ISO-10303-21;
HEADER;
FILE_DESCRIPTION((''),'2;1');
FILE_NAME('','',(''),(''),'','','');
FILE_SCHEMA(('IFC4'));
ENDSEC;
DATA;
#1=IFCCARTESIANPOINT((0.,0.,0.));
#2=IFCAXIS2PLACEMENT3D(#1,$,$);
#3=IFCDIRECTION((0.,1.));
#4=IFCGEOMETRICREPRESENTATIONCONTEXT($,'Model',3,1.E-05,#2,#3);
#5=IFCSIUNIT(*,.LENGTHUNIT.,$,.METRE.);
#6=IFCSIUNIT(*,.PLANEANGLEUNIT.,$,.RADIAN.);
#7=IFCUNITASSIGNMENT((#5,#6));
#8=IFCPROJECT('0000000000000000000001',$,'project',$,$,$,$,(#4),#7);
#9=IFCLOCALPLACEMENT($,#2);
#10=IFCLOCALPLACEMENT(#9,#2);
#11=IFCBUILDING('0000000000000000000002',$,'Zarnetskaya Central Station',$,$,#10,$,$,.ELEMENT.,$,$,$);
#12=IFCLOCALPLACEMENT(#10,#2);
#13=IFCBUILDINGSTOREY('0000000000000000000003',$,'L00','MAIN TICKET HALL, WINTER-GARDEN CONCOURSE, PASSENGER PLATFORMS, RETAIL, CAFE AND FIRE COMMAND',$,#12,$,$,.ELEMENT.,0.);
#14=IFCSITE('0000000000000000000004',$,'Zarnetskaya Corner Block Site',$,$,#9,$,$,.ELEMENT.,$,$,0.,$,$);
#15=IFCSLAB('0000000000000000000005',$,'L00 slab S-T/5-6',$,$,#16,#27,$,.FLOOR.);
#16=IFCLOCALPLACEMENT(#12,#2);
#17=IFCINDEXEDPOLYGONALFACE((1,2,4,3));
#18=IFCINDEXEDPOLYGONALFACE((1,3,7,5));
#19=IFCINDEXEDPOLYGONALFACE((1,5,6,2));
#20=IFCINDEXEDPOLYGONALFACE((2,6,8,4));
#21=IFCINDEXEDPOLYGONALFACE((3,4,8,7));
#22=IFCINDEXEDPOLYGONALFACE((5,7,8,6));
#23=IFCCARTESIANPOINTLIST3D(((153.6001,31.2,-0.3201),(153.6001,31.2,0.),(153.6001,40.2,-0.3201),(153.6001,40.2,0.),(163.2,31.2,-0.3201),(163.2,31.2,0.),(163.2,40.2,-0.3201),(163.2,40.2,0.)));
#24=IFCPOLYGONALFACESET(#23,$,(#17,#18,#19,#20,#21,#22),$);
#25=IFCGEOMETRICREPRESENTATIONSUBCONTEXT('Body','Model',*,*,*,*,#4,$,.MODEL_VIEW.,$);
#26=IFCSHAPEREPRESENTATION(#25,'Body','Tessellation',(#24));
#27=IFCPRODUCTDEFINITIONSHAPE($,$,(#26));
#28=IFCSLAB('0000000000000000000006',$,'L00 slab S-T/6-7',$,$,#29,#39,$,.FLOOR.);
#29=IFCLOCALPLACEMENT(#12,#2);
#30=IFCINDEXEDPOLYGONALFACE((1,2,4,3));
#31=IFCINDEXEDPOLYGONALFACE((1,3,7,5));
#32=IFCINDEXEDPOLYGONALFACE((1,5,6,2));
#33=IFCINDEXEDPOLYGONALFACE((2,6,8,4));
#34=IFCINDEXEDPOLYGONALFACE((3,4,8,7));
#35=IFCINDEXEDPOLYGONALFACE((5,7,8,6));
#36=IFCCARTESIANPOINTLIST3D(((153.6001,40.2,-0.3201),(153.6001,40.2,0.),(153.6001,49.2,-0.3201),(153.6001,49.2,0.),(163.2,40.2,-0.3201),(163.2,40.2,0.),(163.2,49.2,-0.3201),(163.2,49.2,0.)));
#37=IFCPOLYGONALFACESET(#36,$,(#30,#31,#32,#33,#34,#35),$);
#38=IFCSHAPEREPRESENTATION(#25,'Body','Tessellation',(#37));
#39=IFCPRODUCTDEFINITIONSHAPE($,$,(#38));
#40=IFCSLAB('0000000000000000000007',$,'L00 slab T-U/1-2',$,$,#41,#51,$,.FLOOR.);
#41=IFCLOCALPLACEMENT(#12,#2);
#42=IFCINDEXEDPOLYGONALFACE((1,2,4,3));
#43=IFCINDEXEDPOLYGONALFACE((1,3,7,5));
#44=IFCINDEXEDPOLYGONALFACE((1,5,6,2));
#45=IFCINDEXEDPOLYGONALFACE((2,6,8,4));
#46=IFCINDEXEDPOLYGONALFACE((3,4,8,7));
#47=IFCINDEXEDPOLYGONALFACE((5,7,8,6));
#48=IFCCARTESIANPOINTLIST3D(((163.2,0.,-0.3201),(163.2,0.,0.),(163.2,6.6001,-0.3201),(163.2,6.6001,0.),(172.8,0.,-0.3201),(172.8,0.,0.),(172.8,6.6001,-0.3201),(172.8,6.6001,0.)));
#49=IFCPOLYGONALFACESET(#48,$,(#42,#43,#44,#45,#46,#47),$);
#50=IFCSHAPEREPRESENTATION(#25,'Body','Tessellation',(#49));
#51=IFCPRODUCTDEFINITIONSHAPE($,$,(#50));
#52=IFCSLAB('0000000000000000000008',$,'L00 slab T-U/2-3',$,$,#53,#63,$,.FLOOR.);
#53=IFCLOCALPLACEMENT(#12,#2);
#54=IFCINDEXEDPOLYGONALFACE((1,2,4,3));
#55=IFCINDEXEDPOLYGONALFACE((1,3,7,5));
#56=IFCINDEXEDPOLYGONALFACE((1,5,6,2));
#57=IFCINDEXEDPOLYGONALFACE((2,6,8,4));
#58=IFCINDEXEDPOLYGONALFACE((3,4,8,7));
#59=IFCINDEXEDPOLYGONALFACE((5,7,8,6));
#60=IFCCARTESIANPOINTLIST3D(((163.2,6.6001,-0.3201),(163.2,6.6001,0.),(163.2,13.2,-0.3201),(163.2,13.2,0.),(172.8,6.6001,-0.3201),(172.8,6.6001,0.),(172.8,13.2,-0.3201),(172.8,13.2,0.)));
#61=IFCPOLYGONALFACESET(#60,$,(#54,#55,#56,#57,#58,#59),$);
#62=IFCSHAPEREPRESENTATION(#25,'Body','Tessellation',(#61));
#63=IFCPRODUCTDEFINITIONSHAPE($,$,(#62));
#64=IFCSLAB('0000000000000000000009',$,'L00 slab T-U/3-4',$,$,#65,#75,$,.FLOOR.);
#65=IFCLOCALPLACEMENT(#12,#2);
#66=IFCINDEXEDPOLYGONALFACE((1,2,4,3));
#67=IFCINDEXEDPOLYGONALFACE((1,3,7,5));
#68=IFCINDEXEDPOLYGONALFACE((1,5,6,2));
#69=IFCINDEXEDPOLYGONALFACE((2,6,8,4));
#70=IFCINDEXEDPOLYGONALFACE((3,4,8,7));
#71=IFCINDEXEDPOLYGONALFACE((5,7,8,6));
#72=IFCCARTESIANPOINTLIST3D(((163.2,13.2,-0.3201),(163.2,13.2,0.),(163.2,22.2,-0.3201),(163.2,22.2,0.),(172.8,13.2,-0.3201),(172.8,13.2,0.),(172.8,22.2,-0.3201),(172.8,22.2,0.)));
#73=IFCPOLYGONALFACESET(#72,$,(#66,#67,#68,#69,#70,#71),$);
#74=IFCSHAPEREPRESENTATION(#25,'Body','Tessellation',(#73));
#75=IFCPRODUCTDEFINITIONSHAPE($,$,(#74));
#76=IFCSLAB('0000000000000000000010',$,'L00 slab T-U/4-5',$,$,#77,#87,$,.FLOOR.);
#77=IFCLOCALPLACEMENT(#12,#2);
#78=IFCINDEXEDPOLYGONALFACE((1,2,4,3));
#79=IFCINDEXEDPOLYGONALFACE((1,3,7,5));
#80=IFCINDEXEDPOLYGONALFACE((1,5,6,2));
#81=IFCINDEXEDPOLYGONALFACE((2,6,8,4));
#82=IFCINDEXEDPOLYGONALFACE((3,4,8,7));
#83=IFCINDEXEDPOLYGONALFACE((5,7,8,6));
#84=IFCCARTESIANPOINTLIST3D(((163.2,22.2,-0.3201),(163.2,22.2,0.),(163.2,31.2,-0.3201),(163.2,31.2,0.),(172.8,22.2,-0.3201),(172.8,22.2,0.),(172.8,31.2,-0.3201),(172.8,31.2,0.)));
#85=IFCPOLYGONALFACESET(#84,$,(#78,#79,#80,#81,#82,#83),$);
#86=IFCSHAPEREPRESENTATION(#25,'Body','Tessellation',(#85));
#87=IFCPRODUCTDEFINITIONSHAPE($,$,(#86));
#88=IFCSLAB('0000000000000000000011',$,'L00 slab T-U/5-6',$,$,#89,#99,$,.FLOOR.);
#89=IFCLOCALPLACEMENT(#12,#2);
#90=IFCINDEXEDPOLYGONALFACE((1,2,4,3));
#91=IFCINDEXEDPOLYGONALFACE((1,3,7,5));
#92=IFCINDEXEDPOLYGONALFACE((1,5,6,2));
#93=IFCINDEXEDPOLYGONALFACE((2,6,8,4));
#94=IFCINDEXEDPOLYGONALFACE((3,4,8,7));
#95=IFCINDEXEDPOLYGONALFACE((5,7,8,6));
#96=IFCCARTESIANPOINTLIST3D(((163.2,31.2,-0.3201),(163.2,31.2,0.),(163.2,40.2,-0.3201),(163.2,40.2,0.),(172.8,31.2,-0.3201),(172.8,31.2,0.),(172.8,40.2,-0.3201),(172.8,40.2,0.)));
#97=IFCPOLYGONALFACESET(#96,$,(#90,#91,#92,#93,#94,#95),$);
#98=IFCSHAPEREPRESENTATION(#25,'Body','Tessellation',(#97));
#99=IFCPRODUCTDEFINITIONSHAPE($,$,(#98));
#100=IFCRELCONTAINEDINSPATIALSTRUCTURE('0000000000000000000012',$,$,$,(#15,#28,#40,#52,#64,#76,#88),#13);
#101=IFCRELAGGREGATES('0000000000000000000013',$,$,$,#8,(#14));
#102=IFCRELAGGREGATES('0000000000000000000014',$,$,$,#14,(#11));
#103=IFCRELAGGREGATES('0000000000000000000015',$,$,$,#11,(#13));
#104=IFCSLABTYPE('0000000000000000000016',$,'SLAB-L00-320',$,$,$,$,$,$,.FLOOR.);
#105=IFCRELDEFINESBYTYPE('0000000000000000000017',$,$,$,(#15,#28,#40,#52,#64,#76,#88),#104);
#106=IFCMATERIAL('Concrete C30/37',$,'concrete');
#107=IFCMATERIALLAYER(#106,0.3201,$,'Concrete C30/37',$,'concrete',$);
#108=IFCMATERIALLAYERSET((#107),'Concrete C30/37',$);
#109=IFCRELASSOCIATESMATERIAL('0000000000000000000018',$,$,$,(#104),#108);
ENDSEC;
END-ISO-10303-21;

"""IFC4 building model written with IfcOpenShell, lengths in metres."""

from ifc_helpers import new_model, si_unit, direction, frame, origin, place, context, subcontext, project, spatial, polyline, outline, extrude, material, layer, layer_set, type_object, element, save


model = new_model("IFC4")

# Units and contexts
model_context = context("Model", 3, precision=1e-05, world=origin(), true_north=direction((0.0, 1.0)))
body_context = subcontext(model_context, "Body", "Model", "MODEL_VIEW")
ifc_project = project(units=[si_unit("LENGTHUNIT", "METRE"), si_unit("PLANEANGLEUNIT", "RADIAN")], contexts=[model_context])

# Site, building, storey
site_placement = place(None, origin())
site = spatial("IfcSite", under=ifc_project, at=site_placement, Name="Zarnetskaya Corner Block Site", CompositionType="ELEMENT", RefElevation=0.0)
building_placement = place(site_placement, origin())
building = spatial("IfcBuilding", under=site, at=building_placement, Name="Zarnetskaya Central Station", CompositionType="ELEMENT")
storey_placement = place(building_placement, origin())
storey = spatial("IfcBuildingStorey", under=building, at=storey_placement, Name="L00", Description="MAIN TICKET HALL, WINTER-GARDEN CONCOURSE, PASSENGER PLATFORMS, RETAIL, CAFE AND FIRE COMMAND", CompositionType="ELEMENT", Elevation=0.0)

# Slabs
ifc_material = material(Name="Concrete C30/37", Category="concrete")
ifc_layer = layer(ifc_material, 0.3201, Name="Concrete C30/37", Category="concrete")
ifc_layer_set = layer_set([ifc_layer], Name="Concrete C30/37")
slab_type = type_object("IfcSlabType", Name="SLAB-L00-320", PredefinedType="FLOOR", material=ifc_layer_set)
slab_1_placement = place(storey_placement, frame((0.0, 0.0, -0.3201)))
element("IfcSlab", 1, at=slab_1_placement, inside=storey, type_object=slab_type, Name="L00 slab S-T/5-6", PredefinedType="FLOOR", context=body_context, shape_type="SweptSolid", body=[
    extrude(outline(polyline([(153.6001, 31.2), (163.2, 31.2), (163.2, 40.2), (153.6001, 40.2), (153.6001, 31.2)])), origin(), (0.0, 0.0, 1.0), 0.3201),
])
slab_2_placement = place(storey_placement, frame((0.0, 0.0, -0.3201)))
element("IfcSlab", 2, at=slab_2_placement, inside=storey, type_object=slab_type, Name="L00 slab S-T/6-7", PredefinedType="FLOOR", context=body_context, shape_type="SweptSolid", body=[
    extrude(outline(polyline([(153.6001, 40.2), (163.2, 40.2), (163.2, 49.2), (153.6001, 49.2), (153.6001, 40.2)])), origin(), (0.0, 0.0, 1.0), 0.3201),
])
slab_3_placement = place(storey_placement, frame((0.0, 0.0, -0.3201)))
element("IfcSlab", 3, at=slab_3_placement, inside=storey, type_object=slab_type, Name="L00 slab T-U/1-2", PredefinedType="FLOOR", context=body_context, shape_type="SweptSolid", body=[
    extrude(outline(polyline([(163.2, 0.0), (172.8, 0.0), (172.8, 6.6001), (163.2, 6.6001), (163.2, 0.0)])), origin(), (0.0, 0.0, 1.0), 0.3201),
])
slab_4_placement = place(storey_placement, frame((0.0, 0.0, -0.3201)))
element("IfcSlab", 4, at=slab_4_placement, inside=storey, type_object=slab_type, Name="L00 slab T-U/2-3", PredefinedType="FLOOR", context=body_context, shape_type="SweptSolid", body=[
    extrude(outline(polyline([(163.2, 6.6001), (172.8, 6.6001), (172.8, 13.2), (163.2, 13.2), (163.2, 6.6001)])), origin(), (0.0, 0.0, 1.0), 0.3201),
])
slab_5_placement = place(storey_placement, frame((0.0, 0.0, -0.3201)))
element("IfcSlab", 5, at=slab_5_placement, inside=storey, type_object=slab_type, Name="L00 slab T-U/3-4", PredefinedType="FLOOR", context=body_context, shape_type="SweptSolid", body=[
    extrude(outline(polyline([(163.2, 13.2), (172.8, 13.2), (172.8, 22.2), (163.2, 22.2), (163.2, 13.2)])), origin(), (0.0, 0.0, 1.0), 0.3201),
])
slab_6_placement = place(storey_placement, frame((0.0, 0.0, -0.3201)))
element("IfcSlab", 6, at=slab_6_placement, inside=storey, type_object=slab_type, Name="L00 slab T-U/4-5", PredefinedType="FLOOR", context=body_context, shape_type="SweptSolid", body=[
    extrude(outline(polyline([(163.2, 22.2), (172.8, 22.2), (172.8, 31.2), (163.2, 31.2), (163.2, 22.2)])), origin(), (0.0, 0.0, 1.0), 0.3201),
])
slab_7_placement = place(storey_placement, frame((0.0, 0.0, -0.3201)))
element("IfcSlab", 7, at=slab_7_placement, inside=storey, type_object=slab_type, Name="L00 slab T-U/5-6", PredefinedType="FLOOR", context=body_context, shape_type="SweptSolid", body=[
    extrude(outline(polyline([(163.2, 31.2), (172.8, 31.2), (172.8, 40.2), (163.2, 40.2), (163.2, 31.2)])), origin(), (0.0, 0.0, 1.0), 0.3201),
])

save(model, "model.ifc")
